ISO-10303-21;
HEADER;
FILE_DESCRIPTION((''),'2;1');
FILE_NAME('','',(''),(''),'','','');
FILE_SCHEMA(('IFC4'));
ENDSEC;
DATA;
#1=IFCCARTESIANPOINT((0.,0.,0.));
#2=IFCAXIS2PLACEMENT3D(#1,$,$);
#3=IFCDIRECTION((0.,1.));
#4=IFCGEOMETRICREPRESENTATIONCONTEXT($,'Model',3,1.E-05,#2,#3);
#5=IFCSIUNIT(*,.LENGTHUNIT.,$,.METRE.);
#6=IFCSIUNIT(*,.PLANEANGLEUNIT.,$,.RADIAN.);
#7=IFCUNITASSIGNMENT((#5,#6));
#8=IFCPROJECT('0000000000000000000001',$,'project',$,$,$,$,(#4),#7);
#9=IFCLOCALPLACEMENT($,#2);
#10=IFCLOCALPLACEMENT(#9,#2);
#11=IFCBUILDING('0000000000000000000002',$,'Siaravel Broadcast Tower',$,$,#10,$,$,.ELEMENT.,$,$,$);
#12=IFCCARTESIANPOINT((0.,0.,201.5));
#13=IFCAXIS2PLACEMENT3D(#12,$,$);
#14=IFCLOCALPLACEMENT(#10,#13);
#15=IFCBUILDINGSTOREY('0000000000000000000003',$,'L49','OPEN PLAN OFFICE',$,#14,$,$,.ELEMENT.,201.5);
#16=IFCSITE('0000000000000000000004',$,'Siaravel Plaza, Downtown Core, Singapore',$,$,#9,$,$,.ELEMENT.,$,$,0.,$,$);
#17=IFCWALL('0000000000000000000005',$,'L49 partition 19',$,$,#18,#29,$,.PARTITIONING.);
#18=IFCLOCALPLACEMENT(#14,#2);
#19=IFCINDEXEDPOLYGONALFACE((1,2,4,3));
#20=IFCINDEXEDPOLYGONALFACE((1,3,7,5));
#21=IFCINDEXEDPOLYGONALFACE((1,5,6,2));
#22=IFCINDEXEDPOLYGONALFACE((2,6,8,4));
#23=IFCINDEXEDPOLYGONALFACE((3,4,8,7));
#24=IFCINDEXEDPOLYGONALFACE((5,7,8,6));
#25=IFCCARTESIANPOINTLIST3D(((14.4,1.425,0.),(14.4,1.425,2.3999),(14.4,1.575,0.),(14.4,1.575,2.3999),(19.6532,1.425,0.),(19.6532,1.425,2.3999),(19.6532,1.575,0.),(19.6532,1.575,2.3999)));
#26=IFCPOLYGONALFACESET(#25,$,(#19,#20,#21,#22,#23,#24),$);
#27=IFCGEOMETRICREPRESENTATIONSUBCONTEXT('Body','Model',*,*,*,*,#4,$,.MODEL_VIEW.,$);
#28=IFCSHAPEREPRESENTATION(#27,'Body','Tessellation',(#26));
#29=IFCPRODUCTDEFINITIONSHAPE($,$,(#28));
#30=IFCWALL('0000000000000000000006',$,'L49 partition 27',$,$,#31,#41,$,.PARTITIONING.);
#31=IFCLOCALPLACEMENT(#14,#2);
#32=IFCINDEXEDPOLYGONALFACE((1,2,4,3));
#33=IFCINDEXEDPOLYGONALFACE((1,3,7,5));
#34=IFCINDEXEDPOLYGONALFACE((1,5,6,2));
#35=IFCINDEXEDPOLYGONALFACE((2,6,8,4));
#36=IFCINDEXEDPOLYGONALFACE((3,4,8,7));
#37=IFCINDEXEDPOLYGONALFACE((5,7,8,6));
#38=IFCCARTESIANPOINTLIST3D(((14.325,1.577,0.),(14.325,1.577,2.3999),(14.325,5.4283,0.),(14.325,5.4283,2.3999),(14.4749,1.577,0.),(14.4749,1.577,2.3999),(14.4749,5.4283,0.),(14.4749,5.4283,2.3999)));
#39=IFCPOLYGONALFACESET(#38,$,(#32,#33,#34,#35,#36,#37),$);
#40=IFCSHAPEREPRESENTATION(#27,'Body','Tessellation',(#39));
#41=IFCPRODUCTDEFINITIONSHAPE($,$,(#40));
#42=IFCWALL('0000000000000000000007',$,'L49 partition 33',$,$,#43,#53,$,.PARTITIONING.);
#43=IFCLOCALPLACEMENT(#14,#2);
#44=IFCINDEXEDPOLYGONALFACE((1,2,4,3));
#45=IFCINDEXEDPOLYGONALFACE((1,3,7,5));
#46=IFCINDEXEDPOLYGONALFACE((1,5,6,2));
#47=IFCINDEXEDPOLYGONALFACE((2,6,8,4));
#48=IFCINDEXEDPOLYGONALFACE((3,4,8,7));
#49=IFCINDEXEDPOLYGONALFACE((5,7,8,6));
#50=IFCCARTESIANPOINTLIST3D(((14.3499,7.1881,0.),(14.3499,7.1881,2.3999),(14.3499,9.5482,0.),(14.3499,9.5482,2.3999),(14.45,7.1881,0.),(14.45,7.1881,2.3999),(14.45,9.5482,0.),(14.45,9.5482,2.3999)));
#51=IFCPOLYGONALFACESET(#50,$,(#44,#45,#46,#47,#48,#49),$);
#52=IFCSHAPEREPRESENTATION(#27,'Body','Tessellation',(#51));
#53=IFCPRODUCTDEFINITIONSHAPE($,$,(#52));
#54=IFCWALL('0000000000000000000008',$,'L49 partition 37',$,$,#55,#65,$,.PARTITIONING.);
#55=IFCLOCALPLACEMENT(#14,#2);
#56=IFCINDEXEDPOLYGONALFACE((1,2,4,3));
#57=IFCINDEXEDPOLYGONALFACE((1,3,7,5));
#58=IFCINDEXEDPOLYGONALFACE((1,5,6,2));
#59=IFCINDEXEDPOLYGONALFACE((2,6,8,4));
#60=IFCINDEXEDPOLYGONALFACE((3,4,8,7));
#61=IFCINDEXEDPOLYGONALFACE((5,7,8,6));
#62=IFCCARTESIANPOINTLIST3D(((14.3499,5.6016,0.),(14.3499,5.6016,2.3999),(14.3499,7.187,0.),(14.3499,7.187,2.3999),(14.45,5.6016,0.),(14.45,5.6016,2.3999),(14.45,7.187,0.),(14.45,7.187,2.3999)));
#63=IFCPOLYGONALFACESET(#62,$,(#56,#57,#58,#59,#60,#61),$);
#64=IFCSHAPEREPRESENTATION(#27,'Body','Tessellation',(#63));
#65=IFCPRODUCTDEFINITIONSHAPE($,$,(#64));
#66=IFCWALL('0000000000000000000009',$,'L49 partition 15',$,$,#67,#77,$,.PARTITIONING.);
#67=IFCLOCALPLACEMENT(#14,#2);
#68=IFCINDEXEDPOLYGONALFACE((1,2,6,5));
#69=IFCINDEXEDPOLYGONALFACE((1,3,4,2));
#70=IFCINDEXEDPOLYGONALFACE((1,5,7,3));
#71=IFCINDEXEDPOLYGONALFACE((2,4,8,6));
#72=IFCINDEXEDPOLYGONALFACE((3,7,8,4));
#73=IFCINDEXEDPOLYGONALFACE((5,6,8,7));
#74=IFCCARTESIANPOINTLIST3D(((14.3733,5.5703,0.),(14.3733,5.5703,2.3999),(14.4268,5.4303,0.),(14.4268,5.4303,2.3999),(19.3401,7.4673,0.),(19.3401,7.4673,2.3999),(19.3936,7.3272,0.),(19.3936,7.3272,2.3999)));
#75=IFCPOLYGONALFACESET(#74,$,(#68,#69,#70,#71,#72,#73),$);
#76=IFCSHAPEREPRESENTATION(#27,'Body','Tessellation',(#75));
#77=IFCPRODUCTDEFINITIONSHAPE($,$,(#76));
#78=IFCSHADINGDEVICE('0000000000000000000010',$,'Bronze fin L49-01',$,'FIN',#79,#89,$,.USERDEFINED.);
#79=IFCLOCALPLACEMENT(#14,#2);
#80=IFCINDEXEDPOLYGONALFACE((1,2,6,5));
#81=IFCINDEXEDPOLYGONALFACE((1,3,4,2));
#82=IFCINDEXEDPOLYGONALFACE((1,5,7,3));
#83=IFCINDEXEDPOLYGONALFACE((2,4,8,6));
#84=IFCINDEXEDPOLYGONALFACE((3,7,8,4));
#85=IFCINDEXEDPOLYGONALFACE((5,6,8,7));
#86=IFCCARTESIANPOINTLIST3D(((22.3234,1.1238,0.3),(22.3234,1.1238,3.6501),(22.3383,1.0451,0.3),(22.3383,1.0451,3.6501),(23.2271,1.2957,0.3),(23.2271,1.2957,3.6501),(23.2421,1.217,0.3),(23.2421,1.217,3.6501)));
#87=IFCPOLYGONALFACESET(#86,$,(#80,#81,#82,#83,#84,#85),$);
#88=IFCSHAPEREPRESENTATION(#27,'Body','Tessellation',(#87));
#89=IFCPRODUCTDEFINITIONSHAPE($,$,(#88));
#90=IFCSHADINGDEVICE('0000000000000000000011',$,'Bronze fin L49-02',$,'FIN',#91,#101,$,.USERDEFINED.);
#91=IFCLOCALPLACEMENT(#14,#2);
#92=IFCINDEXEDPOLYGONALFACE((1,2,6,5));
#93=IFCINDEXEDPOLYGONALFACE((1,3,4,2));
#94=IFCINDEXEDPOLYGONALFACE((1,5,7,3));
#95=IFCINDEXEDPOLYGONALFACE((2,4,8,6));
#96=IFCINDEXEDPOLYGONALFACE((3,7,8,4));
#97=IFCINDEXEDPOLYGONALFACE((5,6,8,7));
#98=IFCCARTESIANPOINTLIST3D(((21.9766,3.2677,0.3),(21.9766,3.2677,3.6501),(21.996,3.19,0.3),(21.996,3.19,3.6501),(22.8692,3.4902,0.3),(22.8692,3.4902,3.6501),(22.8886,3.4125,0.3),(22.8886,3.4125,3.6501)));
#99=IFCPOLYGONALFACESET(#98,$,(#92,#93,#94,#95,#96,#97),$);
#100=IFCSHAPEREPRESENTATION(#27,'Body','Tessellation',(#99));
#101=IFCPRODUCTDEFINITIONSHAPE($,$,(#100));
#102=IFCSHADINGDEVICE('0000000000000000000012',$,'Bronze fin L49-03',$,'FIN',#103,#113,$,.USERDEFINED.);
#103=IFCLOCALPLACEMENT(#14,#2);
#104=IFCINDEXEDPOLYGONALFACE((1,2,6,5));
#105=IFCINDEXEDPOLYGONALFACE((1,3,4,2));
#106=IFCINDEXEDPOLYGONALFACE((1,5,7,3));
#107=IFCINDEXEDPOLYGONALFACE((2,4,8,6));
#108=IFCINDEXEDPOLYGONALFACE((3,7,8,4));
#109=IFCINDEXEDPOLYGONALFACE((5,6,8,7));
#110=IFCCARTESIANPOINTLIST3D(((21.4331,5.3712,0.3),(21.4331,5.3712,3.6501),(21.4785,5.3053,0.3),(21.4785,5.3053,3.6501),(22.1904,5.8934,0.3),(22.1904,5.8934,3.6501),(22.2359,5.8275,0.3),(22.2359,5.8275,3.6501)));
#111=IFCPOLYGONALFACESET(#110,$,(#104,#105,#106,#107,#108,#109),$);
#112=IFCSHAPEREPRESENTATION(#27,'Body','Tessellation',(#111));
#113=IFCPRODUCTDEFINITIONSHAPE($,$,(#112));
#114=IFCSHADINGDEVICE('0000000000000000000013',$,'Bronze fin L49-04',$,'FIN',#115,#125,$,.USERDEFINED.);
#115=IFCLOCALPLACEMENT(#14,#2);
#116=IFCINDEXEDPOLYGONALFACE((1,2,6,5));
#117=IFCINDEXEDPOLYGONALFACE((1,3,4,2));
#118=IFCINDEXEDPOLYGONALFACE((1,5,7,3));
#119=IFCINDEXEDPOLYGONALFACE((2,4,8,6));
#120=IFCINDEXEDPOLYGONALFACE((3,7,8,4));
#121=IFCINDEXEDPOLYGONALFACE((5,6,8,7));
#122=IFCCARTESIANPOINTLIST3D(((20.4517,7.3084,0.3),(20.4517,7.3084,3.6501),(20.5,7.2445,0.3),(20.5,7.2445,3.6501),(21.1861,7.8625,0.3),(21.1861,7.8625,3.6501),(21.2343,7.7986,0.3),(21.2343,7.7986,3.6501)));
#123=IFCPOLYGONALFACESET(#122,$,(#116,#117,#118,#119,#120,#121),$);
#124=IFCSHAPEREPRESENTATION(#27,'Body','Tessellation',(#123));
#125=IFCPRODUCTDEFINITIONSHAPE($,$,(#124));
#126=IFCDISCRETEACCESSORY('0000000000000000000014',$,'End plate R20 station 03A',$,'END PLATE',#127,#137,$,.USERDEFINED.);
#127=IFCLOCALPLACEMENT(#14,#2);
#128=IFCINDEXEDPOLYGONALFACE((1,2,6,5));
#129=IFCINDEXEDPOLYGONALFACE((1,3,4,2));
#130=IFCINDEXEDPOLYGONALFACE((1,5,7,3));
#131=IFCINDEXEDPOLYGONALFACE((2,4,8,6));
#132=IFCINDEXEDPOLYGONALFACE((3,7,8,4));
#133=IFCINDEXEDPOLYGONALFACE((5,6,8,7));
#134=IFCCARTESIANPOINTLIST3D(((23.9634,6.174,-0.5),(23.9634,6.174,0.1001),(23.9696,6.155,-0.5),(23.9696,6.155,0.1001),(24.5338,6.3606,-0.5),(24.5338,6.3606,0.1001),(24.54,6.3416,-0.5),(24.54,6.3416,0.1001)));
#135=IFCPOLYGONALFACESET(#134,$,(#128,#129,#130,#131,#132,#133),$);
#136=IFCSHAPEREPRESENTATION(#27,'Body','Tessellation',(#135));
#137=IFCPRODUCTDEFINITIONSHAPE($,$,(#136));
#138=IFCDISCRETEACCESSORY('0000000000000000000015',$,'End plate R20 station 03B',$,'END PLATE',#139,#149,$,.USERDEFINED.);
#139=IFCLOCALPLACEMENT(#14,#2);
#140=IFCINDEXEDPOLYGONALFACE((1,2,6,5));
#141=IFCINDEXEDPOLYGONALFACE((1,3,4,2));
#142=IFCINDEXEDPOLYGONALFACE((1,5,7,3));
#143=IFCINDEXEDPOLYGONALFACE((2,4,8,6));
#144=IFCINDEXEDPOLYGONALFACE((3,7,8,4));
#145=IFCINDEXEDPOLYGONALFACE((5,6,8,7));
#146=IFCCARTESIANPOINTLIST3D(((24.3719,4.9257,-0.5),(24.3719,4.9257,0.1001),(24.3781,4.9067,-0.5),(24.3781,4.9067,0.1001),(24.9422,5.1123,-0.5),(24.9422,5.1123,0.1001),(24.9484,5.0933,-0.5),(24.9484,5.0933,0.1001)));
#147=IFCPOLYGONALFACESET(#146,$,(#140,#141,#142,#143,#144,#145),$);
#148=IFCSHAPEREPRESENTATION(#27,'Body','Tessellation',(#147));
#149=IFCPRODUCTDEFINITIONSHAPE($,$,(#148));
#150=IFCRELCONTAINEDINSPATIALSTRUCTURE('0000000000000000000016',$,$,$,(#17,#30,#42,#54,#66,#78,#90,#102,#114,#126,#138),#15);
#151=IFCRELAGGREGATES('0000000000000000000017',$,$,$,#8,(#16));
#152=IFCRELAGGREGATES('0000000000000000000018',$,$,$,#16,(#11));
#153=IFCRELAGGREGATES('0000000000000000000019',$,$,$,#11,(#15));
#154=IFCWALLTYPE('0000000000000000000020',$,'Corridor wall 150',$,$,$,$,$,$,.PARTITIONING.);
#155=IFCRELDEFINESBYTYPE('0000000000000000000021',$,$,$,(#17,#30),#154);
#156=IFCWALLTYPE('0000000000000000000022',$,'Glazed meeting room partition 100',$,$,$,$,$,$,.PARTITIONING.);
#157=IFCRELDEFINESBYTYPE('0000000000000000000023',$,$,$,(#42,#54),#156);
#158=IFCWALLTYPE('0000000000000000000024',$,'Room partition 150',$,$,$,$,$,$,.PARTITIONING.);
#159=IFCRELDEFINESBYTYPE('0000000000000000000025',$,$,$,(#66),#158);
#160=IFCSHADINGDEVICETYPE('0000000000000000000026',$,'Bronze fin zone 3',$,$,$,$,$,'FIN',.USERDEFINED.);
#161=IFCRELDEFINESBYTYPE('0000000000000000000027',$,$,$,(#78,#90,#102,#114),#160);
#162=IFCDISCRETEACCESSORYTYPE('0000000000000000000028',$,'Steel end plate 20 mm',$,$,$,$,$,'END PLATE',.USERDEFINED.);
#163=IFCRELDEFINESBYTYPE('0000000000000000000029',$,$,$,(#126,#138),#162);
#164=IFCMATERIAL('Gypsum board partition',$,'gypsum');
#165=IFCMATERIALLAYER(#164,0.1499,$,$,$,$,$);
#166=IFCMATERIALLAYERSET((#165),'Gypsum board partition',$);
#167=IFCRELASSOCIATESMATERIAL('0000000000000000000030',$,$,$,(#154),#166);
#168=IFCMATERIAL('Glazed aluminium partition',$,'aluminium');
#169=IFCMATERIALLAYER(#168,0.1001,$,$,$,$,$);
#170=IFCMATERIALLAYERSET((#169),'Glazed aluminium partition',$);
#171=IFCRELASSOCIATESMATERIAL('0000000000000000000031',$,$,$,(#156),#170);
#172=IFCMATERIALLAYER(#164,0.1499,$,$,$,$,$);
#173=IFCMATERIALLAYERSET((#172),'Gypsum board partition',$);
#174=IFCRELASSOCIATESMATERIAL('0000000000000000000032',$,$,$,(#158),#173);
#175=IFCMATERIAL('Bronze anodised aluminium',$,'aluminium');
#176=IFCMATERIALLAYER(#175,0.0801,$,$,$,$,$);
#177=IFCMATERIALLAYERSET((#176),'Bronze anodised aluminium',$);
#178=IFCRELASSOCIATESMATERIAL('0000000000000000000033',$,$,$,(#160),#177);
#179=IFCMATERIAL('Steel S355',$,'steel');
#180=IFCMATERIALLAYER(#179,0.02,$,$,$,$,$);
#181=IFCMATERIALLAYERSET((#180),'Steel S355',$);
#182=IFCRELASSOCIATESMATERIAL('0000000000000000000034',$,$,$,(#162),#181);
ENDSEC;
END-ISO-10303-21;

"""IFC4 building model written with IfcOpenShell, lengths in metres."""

from ifc_helpers import new_model, si_unit, direction, frame, frame_2d, origin, origin_2d, place, context, subcontext, project, spatial, rectangle, extrude, material, layer, layer_set, type_object, element, save


model = new_model("IFC4")

# Units and contexts
model_context = context("Model", 3, precision=1e-05, world=origin(), true_north=direction((0.0, 1.0)))
body_context = subcontext(model_context, "Body", "Model", "MODEL_VIEW")
ifc_project = project(units=[si_unit("LENGTHUNIT", "METRE"), si_unit("PLANEANGLEUNIT", "RADIAN")], contexts=[model_context])

# Site, building, storey
site_placement = place(None, origin())
site = spatial("IfcSite", under=ifc_project, at=site_placement, Name="Siaravel Plaza, Downtown Core, Singapore", CompositionType="ELEMENT", RefElevation=0.0)
building_placement = place(site_placement, origin())
building = spatial("IfcBuilding", under=site, at=building_placement, Name="Siaravel Broadcast Tower", CompositionType="ELEMENT")
storey_placement = place(building_placement, frame((0.0, 0.0, 201.5)))
storey = spatial("IfcBuildingStorey", under=building, at=storey_placement, Name="L49", Description="OPEN PLAN OFFICE", CompositionType="ELEMENT", Elevation=201.5)

# Shared definitions
ifc_material_1 = material(Name="Steel S355", Category="steel")

# Walls
ifc_material_2 = material(Name="Gypsum board partition", Category="gypsum")
ifc_layer_1 = layer(ifc_material_2, 0.1499)
ifc_layer_set_1 = layer_set([ifc_layer_1], Name="Gypsum board partition")
wall_type_1 = type_object("IfcWallType", Name="Corridor wall 150", PredefinedType="PARTITIONING", material=ifc_layer_set_1)
wall_1_placement = place(storey_placement, frame((19.6531, 1.5, 0.0), z_axis=(0.0, 0.0, 1.0), x_axis=(-1.0, 0.0, 0.0)))
element("IfcWall", 1, at=wall_1_placement, inside=storey, type_object=wall_type_1, Name="L49 partition 19", PredefinedType="PARTITIONING", context=body_context, shape_type="SweptSolid", body=[
    extrude(rectangle(XDim=5.2532, YDim=0.1499, at=frame_2d((2.6265, 0.0))), origin(), (0.0, 0.0, 1.0), 2.3999),
])
wall_2_placement = place(storey_placement, frame((14.3999, 1.5769, 0.0), z_axis=(0.0, 0.0, 1.0), x_axis=(0.0, 1.0, 0.0)))
element("IfcWall", 2, at=wall_2_placement, inside=storey, type_object=wall_type_1, Name="L49 partition 27", PredefinedType="PARTITIONING", context=body_context, shape_type="SweptSolid", body=[
    extrude(rectangle(XDim=3.8513, YDim=0.1499, at=frame_2d((1.9258, 0.0))), origin(), (0.0, 0.0, 1.0), 2.3999),
])
ifc_material_3 = material(Name="Glazed aluminium partition", Category="aluminium")
ifc_layer_2 = layer(ifc_material_3, 0.1001)
ifc_layer_set_2 = layer_set([ifc_layer_2], Name="Glazed aluminium partition")
wall_type_2 = type_object("IfcWallType", Name="Glazed meeting room partition 100", PredefinedType="PARTITIONING", material=ifc_layer_set_2)
wall_3_placement = place(storey_placement, frame((14.3999, 7.188, 0.0), z_axis=(0.0, 0.0, 1.0), x_axis=(0.0, 1.0, 0.0)))
element("IfcWall", 3, at=wall_3_placement, inside=storey, type_object=wall_type_2, Name="L49 partition 33", PredefinedType="PARTITIONING", context=body_context, shape_type="SweptSolid", body=[
    extrude(rectangle(XDim=2.3601, YDim=0.1001, at=frame_2d((1.1802, 0.0))), origin(), (0.0, 0.0, 1.0), 2.3999),
])
wall_4_placement = place(storey_placement, frame((14.3999, 5.6016, 0.0), z_axis=(0.0, 0.0, 1.0), x_axis=(0.0, 1.0, 0.0)))
element("IfcWall", 4, at=wall_4_placement, inside=storey, type_object=wall_type_2, Name="L49 partition 37", PredefinedType="PARTITIONING", context=body_context, shape_type="SweptSolid", body=[
    extrude(rectangle(XDim=1.5854, YDim=0.1001, at=frame_2d((0.7927, 0.0))), origin(), (0.0, 0.0, 1.0), 2.3999),
])
ifc_layer_3 = layer(ifc_material_2, 0.1499)
ifc_layer_set_3 = layer_set([ifc_layer_3], Name="Gypsum board partition")
wall_type_3 = type_object("IfcWallType", Name="Room partition 150", PredefinedType="PARTITIONING", material=ifc_layer_set_3)
wall_5_placement = place(storey_placement, frame((19.3667, 7.3972, 0.0), z_axis=(0.0, 0.0, 1.0), x_axis=(-0.934183, -0.356793, 0.0)))
element("IfcWall", 5, at=wall_5_placement, inside=storey, type_object=wall_type_3, Name="L49 partition 15", PredefinedType="PARTITIONING", context=body_context, shape_type="SweptSolid", body=[
    extrude(rectangle(XDim=5.3167, YDim=0.1499, at=frame_2d((2.6582, 0.0))), origin(), (0.0, 0.0, 1.0), 2.3999),
])

# Shading devices
ifc_material_4 = material(Name="Bronze anodised aluminium", Category="aluminium")
ifc_layer_4 = layer(ifc_material_4, 0.0801)
ifc_layer_set_4 = layer_set([ifc_layer_4], Name="Bronze anodised aluminium")
shading_device_type = type_object("IfcShadingDeviceType", Name="Bronze fin zone 3", ElementType="FIN", PredefinedType="USERDEFINED", material=ifc_layer_set_4)
for number, where, z_axis, x_axis, name in (
    (6, (22.7827, 1.1704, 0.3), (0.0, 0.0, 1.0), (0.982379, 0.186898, 0.0), "Bronze fin L49-01"),
    (7, (22.4326, 3.3401, 0.3), (0.0, 0.0, 1.0), (0.970326, 0.241802, 0.0), "Bronze fin L49-02"),
    (8, (21.8345, 5.5994, 0.3), (0.0, 0.0, 1.0), (0.823243, 0.567689, 0.0), "Bronze fin L49-03"),
    (9, (20.843, 7.5535, 0.3), (0.0, 0.0, 1.0), (0.798238, 0.602342, 0.0), "Bronze fin L49-04"),
):
    element("IfcShadingDevice", number, at=place(storey_placement, frame(where, z_axis=z_axis, x_axis=x_axis)), inside=storey, type_object=shading_device_type, Name=name, ObjectType="FIN", PredefinedType="USERDEFINED", context=body_context, shape_type="SweptSolid", body=[
        extrude(rectangle(XDim=0.9199, YDim=0.0801, at=origin_2d()), origin(), (0.0, 0.0, 1.0), 3.3501),
    ])

# Discrete accessories
ifc_layer_5 = layer(ifc_material_1, 0.02)
ifc_layer_set_5 = layer_set([ifc_layer_5], Name="Steel S355")
discrete_accessory_type = type_object("IfcDiscreteAccessoryType", Name="Steel end plate 20 mm", ElementType="END PLATE", PredefinedType="USERDEFINED", material=ifc_layer_set_5)
for number, where, z_axis, x_axis, name in (
    (10, (24.2517, 6.2578, -0.5), (0.0, 0.0, 1.0), (-0.31091, 0.950439, 0.0), "End plate R20 station 03A"),
    (11, (24.6602, 5.0095, -0.5), (0.0, 0.0, 1.0), (-0.31091, 0.950439, 0.0), "End plate R20 station 03B"),
):
    element("IfcDiscreteAccessory", number, at=place(storey_placement, frame(where, z_axis=z_axis, x_axis=x_axis)), inside=storey, type_object=discrete_accessory_type, Name=name, ObjectType="END PLATE", PredefinedType="USERDEFINED", context=body_context, shape_type="SweptSolid", body=[
        extrude(rectangle(XDim=0.02, YDim=0.6001, at=origin_2d()), origin(), (0.0, 0.0, 1.0), 0.6001),
    ])

save(model, "model.ifc")
